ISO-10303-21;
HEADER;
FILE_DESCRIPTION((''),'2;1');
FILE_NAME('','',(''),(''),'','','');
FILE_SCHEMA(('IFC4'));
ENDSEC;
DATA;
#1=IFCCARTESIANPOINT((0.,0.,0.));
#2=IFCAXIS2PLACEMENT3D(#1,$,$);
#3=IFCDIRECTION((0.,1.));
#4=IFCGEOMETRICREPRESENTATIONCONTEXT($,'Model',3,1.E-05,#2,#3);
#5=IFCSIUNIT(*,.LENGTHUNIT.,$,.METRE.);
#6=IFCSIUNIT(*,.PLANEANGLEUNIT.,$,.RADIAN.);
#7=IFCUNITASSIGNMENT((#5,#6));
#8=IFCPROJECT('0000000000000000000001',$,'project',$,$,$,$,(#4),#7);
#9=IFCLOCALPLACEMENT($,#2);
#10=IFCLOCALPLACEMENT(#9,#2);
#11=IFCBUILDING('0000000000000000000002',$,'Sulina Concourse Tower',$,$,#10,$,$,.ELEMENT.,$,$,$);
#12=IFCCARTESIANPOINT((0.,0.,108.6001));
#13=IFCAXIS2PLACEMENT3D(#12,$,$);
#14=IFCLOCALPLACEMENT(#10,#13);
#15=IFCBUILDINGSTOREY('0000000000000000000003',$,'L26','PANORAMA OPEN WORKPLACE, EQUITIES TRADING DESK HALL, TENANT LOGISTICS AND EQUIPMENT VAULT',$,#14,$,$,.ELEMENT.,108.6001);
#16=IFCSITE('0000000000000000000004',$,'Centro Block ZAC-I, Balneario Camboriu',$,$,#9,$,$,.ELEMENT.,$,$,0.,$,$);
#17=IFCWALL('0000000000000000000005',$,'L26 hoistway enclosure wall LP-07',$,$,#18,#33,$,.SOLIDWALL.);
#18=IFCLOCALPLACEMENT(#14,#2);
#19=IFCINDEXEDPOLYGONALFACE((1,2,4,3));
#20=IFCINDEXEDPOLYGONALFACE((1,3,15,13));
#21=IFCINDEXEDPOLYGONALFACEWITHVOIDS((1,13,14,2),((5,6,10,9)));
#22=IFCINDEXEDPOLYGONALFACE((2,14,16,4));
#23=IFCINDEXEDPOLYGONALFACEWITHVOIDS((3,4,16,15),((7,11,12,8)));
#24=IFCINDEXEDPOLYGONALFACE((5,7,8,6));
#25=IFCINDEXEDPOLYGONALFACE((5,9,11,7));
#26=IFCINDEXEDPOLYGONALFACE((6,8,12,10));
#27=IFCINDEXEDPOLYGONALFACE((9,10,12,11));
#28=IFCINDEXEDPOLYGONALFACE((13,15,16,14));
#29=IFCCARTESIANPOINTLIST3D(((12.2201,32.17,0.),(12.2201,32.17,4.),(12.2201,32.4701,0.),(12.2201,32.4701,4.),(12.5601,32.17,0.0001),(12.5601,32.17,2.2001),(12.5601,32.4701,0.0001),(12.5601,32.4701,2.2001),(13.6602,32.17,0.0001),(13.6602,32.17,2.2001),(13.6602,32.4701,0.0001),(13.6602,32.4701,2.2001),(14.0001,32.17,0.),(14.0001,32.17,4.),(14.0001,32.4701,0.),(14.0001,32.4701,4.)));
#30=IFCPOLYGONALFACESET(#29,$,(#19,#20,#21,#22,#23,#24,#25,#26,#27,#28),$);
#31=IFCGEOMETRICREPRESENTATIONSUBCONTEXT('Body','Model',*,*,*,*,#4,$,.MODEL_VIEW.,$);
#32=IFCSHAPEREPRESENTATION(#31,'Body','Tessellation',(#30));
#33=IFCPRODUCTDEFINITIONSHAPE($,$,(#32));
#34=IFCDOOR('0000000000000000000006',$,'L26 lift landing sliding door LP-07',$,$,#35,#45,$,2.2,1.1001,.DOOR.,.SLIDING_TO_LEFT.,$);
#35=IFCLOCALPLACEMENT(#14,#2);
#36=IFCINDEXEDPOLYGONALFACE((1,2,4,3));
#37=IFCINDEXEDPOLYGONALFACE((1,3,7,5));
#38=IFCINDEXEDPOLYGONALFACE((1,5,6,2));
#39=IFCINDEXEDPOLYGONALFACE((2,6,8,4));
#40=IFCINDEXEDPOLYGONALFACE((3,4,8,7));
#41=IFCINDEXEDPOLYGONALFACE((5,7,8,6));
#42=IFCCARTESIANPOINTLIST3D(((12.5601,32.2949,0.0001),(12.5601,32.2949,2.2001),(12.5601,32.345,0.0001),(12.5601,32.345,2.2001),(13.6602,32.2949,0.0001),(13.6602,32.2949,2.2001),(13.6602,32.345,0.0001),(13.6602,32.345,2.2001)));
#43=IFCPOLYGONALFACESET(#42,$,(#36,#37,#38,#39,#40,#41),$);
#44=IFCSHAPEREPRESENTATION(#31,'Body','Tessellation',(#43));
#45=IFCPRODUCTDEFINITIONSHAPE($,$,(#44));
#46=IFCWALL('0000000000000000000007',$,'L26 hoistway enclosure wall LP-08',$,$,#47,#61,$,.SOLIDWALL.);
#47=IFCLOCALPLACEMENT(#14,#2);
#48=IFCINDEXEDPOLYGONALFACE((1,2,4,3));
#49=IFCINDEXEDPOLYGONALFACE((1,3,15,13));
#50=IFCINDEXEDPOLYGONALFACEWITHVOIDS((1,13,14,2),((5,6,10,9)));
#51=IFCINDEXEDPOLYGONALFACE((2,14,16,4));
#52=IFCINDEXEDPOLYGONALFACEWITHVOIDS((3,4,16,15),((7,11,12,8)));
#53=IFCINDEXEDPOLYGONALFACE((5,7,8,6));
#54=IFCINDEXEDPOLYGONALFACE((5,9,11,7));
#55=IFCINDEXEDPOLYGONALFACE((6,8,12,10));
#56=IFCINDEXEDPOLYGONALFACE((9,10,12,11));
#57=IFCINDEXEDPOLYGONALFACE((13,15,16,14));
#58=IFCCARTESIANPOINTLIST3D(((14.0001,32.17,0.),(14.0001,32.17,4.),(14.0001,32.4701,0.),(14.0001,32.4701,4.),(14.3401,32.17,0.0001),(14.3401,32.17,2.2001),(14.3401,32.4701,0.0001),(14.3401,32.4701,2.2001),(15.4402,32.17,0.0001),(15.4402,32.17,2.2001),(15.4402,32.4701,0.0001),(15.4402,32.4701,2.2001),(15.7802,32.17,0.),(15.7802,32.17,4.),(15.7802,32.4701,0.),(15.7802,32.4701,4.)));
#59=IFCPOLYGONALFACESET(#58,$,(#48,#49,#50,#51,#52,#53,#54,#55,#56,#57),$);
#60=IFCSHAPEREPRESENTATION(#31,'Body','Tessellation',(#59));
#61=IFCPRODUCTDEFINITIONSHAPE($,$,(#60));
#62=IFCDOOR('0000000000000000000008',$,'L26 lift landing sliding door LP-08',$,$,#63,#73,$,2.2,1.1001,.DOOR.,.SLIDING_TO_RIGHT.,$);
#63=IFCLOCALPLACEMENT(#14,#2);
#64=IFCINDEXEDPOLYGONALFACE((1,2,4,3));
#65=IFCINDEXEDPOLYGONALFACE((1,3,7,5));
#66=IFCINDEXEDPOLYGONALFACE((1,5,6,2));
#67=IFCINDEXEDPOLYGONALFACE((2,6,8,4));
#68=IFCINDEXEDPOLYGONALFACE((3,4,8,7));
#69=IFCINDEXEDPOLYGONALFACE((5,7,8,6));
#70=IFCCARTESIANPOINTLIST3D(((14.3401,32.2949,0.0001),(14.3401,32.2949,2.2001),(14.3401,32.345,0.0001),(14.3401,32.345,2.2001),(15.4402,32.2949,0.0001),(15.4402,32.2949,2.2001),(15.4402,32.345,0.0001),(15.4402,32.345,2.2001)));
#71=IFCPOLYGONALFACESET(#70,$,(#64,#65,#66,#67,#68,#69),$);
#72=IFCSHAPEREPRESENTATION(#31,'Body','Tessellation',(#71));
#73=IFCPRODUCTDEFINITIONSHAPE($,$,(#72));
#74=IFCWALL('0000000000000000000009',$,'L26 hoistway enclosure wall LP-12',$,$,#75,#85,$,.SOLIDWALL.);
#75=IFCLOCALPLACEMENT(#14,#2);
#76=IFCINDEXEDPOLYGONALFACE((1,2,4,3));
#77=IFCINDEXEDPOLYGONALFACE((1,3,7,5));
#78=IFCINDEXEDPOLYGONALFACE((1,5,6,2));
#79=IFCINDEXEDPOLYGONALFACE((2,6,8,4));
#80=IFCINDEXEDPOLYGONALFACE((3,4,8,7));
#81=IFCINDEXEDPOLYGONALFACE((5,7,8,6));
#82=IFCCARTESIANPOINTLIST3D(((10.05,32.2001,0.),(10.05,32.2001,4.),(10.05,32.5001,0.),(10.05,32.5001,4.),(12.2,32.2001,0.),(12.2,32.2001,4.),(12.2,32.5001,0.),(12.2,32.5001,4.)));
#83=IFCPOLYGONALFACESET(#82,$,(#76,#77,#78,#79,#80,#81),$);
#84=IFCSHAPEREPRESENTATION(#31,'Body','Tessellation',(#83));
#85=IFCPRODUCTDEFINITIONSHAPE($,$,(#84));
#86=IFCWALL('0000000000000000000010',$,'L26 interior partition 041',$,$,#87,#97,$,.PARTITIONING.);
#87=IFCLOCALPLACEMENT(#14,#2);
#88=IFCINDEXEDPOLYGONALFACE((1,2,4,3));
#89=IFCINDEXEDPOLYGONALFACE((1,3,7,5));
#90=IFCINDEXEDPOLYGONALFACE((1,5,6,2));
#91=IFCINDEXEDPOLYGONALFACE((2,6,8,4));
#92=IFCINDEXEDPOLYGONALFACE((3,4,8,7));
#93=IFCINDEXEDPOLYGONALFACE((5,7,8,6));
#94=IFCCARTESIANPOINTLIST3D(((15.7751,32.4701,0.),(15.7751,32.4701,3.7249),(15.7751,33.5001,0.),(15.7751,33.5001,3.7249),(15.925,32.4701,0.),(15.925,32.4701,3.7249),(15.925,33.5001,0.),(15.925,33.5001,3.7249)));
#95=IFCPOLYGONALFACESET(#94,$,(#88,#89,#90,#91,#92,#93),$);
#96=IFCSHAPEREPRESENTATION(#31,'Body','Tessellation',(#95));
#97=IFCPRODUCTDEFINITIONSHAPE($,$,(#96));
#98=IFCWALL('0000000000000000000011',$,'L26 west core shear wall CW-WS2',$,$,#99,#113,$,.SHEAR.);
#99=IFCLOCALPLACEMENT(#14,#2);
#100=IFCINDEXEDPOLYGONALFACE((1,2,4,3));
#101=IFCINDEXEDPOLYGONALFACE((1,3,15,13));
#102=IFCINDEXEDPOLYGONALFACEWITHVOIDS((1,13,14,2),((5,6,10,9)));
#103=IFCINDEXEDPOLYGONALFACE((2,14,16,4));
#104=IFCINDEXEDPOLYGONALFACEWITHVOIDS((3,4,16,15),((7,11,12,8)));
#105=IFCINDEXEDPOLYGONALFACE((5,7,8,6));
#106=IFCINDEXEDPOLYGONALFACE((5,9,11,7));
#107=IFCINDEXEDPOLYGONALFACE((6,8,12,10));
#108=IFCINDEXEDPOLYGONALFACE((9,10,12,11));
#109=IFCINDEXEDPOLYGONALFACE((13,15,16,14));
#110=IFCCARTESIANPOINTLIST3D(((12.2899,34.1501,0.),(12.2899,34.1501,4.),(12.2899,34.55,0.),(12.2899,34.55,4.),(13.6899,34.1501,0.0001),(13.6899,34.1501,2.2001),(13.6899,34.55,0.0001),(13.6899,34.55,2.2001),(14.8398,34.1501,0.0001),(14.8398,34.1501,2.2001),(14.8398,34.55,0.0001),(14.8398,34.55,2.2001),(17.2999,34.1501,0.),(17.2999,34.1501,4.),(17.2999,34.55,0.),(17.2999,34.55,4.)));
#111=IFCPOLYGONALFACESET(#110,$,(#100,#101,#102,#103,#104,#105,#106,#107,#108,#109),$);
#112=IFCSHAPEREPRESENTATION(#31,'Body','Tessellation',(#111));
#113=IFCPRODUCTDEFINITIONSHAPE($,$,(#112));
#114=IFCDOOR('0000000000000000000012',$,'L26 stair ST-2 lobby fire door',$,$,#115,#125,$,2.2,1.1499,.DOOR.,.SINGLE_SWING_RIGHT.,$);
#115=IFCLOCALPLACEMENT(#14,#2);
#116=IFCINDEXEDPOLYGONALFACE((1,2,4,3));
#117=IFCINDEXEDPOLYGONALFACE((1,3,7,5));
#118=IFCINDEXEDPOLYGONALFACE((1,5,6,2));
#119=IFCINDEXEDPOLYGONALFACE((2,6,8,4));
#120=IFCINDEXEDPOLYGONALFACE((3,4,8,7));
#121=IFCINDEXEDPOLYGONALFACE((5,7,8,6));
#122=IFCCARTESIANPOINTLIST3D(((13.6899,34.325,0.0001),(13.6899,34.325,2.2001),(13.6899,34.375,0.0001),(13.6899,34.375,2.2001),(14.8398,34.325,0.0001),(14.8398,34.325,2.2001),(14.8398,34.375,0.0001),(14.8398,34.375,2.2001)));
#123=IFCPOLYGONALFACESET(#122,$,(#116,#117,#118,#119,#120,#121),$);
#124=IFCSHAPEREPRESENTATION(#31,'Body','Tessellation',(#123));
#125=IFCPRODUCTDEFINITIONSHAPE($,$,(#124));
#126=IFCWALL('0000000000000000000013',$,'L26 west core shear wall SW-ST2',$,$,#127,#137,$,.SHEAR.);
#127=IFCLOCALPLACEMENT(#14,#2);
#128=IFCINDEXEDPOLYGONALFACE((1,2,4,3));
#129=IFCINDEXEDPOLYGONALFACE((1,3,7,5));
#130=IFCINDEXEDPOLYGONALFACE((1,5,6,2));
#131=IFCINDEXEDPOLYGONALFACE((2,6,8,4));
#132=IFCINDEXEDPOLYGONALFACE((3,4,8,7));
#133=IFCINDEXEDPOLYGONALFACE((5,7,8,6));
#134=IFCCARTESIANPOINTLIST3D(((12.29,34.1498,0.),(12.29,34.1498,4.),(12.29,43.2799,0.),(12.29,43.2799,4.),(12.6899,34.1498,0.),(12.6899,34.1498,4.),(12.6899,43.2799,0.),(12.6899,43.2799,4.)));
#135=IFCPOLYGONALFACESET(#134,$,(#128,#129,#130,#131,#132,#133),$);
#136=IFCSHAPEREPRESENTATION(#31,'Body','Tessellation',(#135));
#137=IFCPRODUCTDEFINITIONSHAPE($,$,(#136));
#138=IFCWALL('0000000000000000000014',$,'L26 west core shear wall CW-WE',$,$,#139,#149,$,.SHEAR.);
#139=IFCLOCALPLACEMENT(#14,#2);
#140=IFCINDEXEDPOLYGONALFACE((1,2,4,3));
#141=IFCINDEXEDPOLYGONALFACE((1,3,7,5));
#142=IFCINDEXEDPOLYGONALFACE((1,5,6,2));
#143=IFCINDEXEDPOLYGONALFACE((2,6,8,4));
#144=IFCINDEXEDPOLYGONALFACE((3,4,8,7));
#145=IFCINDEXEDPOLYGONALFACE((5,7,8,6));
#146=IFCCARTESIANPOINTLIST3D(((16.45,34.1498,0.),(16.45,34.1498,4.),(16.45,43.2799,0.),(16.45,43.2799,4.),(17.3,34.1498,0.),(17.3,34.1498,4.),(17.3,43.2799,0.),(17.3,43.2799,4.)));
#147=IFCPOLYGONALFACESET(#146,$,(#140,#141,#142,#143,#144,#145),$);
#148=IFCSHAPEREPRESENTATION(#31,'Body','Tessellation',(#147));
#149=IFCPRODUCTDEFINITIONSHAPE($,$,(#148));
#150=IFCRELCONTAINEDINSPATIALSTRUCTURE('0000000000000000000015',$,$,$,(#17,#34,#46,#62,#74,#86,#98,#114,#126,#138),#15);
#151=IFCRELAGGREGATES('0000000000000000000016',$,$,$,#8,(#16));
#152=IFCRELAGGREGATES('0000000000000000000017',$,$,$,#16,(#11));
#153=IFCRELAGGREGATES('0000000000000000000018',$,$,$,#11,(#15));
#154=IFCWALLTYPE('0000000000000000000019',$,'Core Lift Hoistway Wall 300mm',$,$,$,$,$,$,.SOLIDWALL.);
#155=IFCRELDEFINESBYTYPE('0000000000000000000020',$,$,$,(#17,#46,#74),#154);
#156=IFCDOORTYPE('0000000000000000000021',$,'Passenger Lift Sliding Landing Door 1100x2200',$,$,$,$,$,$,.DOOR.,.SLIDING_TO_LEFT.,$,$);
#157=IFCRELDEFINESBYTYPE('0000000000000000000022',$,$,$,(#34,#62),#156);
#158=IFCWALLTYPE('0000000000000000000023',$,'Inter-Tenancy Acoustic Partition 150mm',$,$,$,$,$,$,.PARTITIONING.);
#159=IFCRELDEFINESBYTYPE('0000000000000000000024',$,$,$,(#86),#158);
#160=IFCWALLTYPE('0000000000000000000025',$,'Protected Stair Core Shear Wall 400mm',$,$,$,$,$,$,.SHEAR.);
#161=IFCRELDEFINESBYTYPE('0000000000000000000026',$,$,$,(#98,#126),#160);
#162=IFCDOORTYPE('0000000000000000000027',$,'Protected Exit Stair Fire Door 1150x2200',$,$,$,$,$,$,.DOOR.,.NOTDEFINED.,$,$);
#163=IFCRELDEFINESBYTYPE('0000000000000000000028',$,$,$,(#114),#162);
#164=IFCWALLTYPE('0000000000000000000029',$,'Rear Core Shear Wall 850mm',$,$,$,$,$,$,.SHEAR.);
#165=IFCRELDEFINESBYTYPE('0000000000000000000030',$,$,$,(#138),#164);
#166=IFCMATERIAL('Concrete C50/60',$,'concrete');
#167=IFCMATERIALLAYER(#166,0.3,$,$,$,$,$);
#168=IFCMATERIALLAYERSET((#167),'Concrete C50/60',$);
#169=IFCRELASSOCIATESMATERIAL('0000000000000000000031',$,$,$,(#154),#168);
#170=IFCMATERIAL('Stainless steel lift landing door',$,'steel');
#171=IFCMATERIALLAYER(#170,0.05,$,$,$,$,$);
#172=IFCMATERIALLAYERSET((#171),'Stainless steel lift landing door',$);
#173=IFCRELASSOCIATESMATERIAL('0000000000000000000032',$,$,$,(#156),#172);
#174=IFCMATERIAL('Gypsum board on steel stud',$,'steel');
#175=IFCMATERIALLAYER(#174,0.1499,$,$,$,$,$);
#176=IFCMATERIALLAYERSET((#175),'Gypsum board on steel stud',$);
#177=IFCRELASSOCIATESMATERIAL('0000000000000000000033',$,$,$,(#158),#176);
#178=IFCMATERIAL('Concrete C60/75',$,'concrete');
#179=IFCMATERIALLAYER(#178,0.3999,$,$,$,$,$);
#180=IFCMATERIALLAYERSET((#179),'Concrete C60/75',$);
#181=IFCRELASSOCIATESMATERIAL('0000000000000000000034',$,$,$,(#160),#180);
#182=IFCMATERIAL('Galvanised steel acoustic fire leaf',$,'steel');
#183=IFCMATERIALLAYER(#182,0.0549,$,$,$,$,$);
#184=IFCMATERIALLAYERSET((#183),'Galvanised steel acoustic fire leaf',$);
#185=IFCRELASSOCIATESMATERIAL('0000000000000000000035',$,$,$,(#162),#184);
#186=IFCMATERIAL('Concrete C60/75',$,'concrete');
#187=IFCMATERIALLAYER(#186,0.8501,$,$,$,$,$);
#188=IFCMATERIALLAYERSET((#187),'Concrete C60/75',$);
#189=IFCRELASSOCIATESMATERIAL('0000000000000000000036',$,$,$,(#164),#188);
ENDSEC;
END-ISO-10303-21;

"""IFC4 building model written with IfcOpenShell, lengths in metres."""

from ifc_helpers import new_model, si_unit, direction, frame, frame_2d, origin, place, context, subcontext, project, spatial, rectangle, extrude, material, layer, layer_set, type_object, element, fill, save


model = new_model("IFC4")

# Units and contexts
model_context = context("Model", 3, precision=1e-05, world=origin(), true_north=direction((0.0, 1.0)))
body_context = subcontext(model_context, "Body", "Model", "MODEL_VIEW")
ifc_project = project(units=[si_unit("LENGTHUNIT", "METRE"), si_unit("PLANEANGLEUNIT", "RADIAN")], contexts=[model_context])

# Site, building, storey
site_placement = place(None, origin())
site = spatial("IfcSite", under=ifc_project, at=site_placement, Name="Centro Block ZAC-I, Balneario Camboriu", CompositionType="ELEMENT", RefElevation=0.0)
building_placement = place(site_placement, origin())
building = spatial("IfcBuilding", under=site, at=building_placement, Name="Sulina Concourse Tower", CompositionType="ELEMENT")
storey_placement = place(building_placement, frame((0.0, 0.0, 108.6001)))
storey = spatial("IfcBuildingStorey", under=building, at=storey_placement, Name="L26", Description="PANORAMA OPEN WORKPLACE, EQUITIES TRADING DESK HALL, TENANT LOGISTICS AND EQUIPMENT VAULT", CompositionType="ELEMENT", Elevation=108.6001)

# Walls, openings, doors
ifc_material_1 = material(Name="Concrete C50/60", Category="concrete")
ifc_layer_1 = layer(ifc_material_1, 0.3)
ifc_layer_set_1 = layer_set([ifc_layer_1], Name="Concrete C50/60")
wall_type_1 = type_object("IfcWallType", Name="Core Lift Hoistway Wall 300mm", PredefinedType="SOLIDWALL", material=ifc_layer_set_1)
ifc_material_2 = material(Name="Stainless steel lift landing door", Category="steel")
ifc_layer_2 = layer(ifc_material_2, 0.05)
ifc_layer_set_2 = layer_set([ifc_layer_2], Name="Stainless steel lift landing door")
door_type_1 = type_object("IfcDoorType", Name="Passenger Lift Sliding Landing Door 1100x2200", OperationType="SLIDING_TO_LEFT", PredefinedType="DOOR", material=ifc_layer_set_2)
wall_1_placement = place(storey_placement, frame((12.22, 32.3201, 0.0), z_axis=(0.0, 0.0, 1.0), x_axis=(1.0, 0.0, 0.0)))
wall_1 = element("IfcWall", 1, at=wall_1_placement, inside=storey, type_object=wall_type_1, Name="L26 hoistway enclosure wall LP-07", PredefinedType="SOLIDWALL", context=body_context, shape_type="SweptSolid", body=[
    extrude(rectangle(XDim=1.78, YDim=0.3, at=frame_2d((0.8901, 0.0))), origin(), (0.0, 0.0, 1.0), 4.0),
])
opening_1_placement = place(wall_1_placement, frame((0.3401, 0.0, 0.0)))
opening_1 = element("IfcOpeningElement", 2, at=opening_1_placement, cuts=wall_1, PredefinedType="OPENING", context=body_context, shape_type="SweptSolid", body=[
    extrude(rectangle(XDim=1.1001, YDim=2.2, at=frame_2d((0.55, 1.1001))), frame((0.0, 0.1599, 0.0), z_axis=(0.0, -1.0, 0.0), x_axis=(1.0, 0.0, 0.0)), (0.0, 0.0, 1.0), 0.3201),
])
door_1_placement = place(opening_1_placement, origin())
door_1 = element("IfcDoor", 3, at=door_1_placement, inside=storey, type_object=door_type_1, Name="L26 lift landing sliding door LP-07", OperationType="SLIDING_TO_LEFT", OverallHeight=2.2, OverallWidth=1.1001, PredefinedType="DOOR", context=body_context, shape_type="SweptSolid", body=[
    extrude(rectangle(XDim=1.1001, YDim=2.2, at=frame_2d((0.55, 1.1001))), frame((0.0, 0.0249, 0.0), z_axis=(0.0, -1.0, 0.0), x_axis=(1.0, 0.0, 0.0)), (0.0, 0.0, 1.0), 0.05),
])
fill(opening_1, door_1)
wall_2_placement = place(storey_placement, frame((14.0, 32.3201, 0.0), z_axis=(0.0, 0.0, 1.0), x_axis=(1.0, 0.0, 0.0)))
wall_2 = element("IfcWall", 4, at=wall_2_placement, inside=storey, type_object=wall_type_1, Name="L26 hoistway enclosure wall LP-08", PredefinedType="SOLIDWALL", context=body_context, shape_type="SweptSolid", body=[
    extrude(rectangle(XDim=1.78, YDim=0.3, at=frame_2d((0.8901, 0.0))), origin(), (0.0, 0.0, 1.0), 4.0),
])
opening_2_placement = place(wall_2_placement, frame((0.3401, 0.0, 0.0)))
opening_2 = element("IfcOpeningElement", 5, at=opening_2_placement, cuts=wall_2, PredefinedType="OPENING", context=body_context, shape_type="SweptSolid", body=[
    extrude(rectangle(XDim=1.1001, YDim=2.2, at=frame_2d((0.55, 1.1001))), frame((0.0, 0.1599, 0.0), z_axis=(0.0, -1.0, 0.0), x_axis=(1.0, 0.0, 0.0)), (0.0, 0.0, 1.0), 0.3201),
])
door_2_placement = place(opening_2_placement, origin())
door_2 = element("IfcDoor", 6, at=door_2_placement, inside=storey, type_object=door_type_1, Name="L26 lift landing sliding door LP-08", OperationType="SLIDING_TO_RIGHT", OverallHeight=2.2, OverallWidth=1.1001, PredefinedType="DOOR", context=body_context, shape_type="SweptSolid", body=[
    extrude(rectangle(XDim=1.1001, YDim=2.2, at=frame_2d((0.55, 1.1001))), frame((0.0, 0.0249, 0.0), z_axis=(0.0, -1.0, 0.0), x_axis=(1.0, 0.0, 0.0)), (0.0, 0.0, 1.0), 0.05),
])
fill(opening_2, door_2)

# Walls
wall_3_placement = place(storey_placement, frame((10.05, 32.3501, 0.0), z_axis=(0.0, 0.0, 1.0), x_axis=(1.0, 0.0, 0.0)))
element("IfcWall", 7, at=wall_3_placement, inside=storey, type_object=wall_type_1, Name="L26 hoistway enclosure wall LP-12", PredefinedType="SOLIDWALL", context=body_context, shape_type="SweptSolid", body=[
    extrude(rectangle(XDim=2.1499, YDim=0.3, at=frame_2d((1.075, 0.0))), origin(), (0.0, 0.0, 1.0), 4.0),
])
ifc_material_3 = material(Name="Gypsum board on steel stud", Category="steel")
ifc_layer_3 = layer(ifc_material_3, 0.1499)
ifc_layer_set_3 = layer_set([ifc_layer_3], Name="Gypsum board on steel stud")
wall_type_2 = type_object("IfcWallType", Name="Inter-Tenancy Acoustic Partition 150mm", PredefinedType="PARTITIONING", material=ifc_layer_set_3)
wall_4_placement = place(storey_placement, frame((15.8501, 32.47, 0.0), z_axis=(0.0, 0.0, 1.0), x_axis=(0.0, 1.0, 0.0)))
element("IfcWall", 8, at=wall_4_placement, inside=storey, type_object=wall_type_2, Name="L26 interior partition 041", PredefinedType="PARTITIONING", context=body_context, shape_type="SweptSolid", body=[
    extrude(rectangle(XDim=1.03, YDim=0.1499, at=frame_2d((0.5151, 0.0))), origin(), (0.0, 0.0, 1.0), 3.7249),
])

# Wall, opening, door
ifc_material_4 = material(Name="Concrete C60/75", Category="concrete")
ifc_layer_4 = layer(ifc_material_4, 0.3999)
ifc_layer_set_4 = layer_set([ifc_layer_4], Name="Concrete C60/75")
wall_type_3 = type_object("IfcWallType", Name="Protected Stair Core Shear Wall 400mm", PredefinedType="SHEAR", material=ifc_layer_set_4)
wall_5_placement = place(storey_placement, frame((12.29, 34.3501, 0.0), z_axis=(0.0, 0.0, 1.0), x_axis=(1.0, 0.0, 0.0)))
wall_5 = element("IfcWall", 9, at=wall_5_placement, inside=storey, type_object=wall_type_3, Name="L26 west core shear wall CW-WS2", PredefinedType="SHEAR", context=body_context, shape_type="SweptSolid", body=[
    extrude(rectangle(XDim=5.01, YDim=0.3999, at=frame_2d((2.5049, 0.0))), origin(), (0.0, 0.0, 1.0), 4.0),
])
opening_3_placement = place(wall_5_placement, frame((1.3999, 0.0, 0.0)))
opening_3 = element("IfcOpeningElement", 10, at=opening_3_placement, cuts=wall_5, PredefinedType="OPENING", context=body_context, shape_type="SweptSolid", body=[
    extrude(rectangle(XDim=1.1499, YDim=2.2, at=frame_2d((0.575, 1.1001))), frame((0.0, 0.21, 0.0), z_axis=(0.0, -1.0, 0.0), x_axis=(1.0, 0.0, 0.0)), (0.0, 0.0, 1.0), 0.4199),
])
ifc_material_5 = material(Name="Galvanised steel acoustic fire leaf", Category="steel")
ifc_layer_5 = layer(ifc_material_5, 0.0549)
ifc_layer_set_5 = layer_set([ifc_layer_5], Name="Galvanised steel acoustic fire leaf")
door_type_2 = type_object("IfcDoorType", Name="Protected Exit Stair Fire Door 1150x2200", OperationType="NOTDEFINED", PredefinedType="DOOR", material=ifc_layer_set_5)
door_3_placement = place(opening_3_placement, origin())
door_3 = element("IfcDoor", 11, at=door_3_placement, inside=storey, type_object=door_type_2, Name="L26 stair ST-2 lobby fire door", OperationType="SINGLE_SWING_RIGHT", OverallHeight=2.2, OverallWidth=1.1499, PredefinedType="DOOR", context=body_context, shape_type="SweptSolid", body=[
    extrude(rectangle(XDim=1.1499, YDim=2.2, at=frame_2d((0.575, 1.1001))), frame((0.0, 0.0249, 0.0), z_axis=(0.0, -1.0, 0.0), x_axis=(1.0, 0.0, 0.0)), (0.0, 0.0, 1.0), 0.05),
])
fill(opening_3, door_3)

# Walls
wall_6_placement = place(storey_placement, frame((12.49, 34.1499, 0.0), z_axis=(0.0, 0.0, 1.0), x_axis=(0.0, 1.0, 0.0)))
element("IfcWall", 12, at=wall_6_placement, inside=storey, type_object=wall_type_3, Name="L26 west core shear wall SW-ST2", PredefinedType="SHEAR", context=body_context, shape_type="SweptSolid", body=[
    extrude(rectangle(XDim=9.1301, YDim=0.3999, at=frame_2d((4.5649, 0.0))), origin(), (0.0, 0.0, 1.0), 4.0),
])
ifc_material_6 = material(Name="Concrete C60/75", Category="concrete")
ifc_layer_6 = layer(ifc_material_6, 0.8501)
ifc_layer_set_6 = layer_set([ifc_layer_6], Name="Concrete C60/75")
wall_type_4 = type_object("IfcWallType", Name="Rear Core Shear Wall 850mm", PredefinedType="SHEAR", material=ifc_layer_set_6)
wall_7_placement = place(storey_placement, frame((16.875, 34.1499, 0.0), z_axis=(0.0, 0.0, 1.0), x_axis=(0.0, 1.0, 0.0)))
element("IfcWall", 13, at=wall_7_placement, inside=storey, type_object=wall_type_4, Name="L26 west core shear wall CW-WE", PredefinedType="SHEAR", context=body_context, shape_type="SweptSolid", body=[
    extrude(rectangle(XDim=9.1301, YDim=0.8501, at=frame_2d((4.5649, 0.0))), origin(), (0.0, 0.0, 1.0), 4.0),
])

save(model, "model.ifc")
